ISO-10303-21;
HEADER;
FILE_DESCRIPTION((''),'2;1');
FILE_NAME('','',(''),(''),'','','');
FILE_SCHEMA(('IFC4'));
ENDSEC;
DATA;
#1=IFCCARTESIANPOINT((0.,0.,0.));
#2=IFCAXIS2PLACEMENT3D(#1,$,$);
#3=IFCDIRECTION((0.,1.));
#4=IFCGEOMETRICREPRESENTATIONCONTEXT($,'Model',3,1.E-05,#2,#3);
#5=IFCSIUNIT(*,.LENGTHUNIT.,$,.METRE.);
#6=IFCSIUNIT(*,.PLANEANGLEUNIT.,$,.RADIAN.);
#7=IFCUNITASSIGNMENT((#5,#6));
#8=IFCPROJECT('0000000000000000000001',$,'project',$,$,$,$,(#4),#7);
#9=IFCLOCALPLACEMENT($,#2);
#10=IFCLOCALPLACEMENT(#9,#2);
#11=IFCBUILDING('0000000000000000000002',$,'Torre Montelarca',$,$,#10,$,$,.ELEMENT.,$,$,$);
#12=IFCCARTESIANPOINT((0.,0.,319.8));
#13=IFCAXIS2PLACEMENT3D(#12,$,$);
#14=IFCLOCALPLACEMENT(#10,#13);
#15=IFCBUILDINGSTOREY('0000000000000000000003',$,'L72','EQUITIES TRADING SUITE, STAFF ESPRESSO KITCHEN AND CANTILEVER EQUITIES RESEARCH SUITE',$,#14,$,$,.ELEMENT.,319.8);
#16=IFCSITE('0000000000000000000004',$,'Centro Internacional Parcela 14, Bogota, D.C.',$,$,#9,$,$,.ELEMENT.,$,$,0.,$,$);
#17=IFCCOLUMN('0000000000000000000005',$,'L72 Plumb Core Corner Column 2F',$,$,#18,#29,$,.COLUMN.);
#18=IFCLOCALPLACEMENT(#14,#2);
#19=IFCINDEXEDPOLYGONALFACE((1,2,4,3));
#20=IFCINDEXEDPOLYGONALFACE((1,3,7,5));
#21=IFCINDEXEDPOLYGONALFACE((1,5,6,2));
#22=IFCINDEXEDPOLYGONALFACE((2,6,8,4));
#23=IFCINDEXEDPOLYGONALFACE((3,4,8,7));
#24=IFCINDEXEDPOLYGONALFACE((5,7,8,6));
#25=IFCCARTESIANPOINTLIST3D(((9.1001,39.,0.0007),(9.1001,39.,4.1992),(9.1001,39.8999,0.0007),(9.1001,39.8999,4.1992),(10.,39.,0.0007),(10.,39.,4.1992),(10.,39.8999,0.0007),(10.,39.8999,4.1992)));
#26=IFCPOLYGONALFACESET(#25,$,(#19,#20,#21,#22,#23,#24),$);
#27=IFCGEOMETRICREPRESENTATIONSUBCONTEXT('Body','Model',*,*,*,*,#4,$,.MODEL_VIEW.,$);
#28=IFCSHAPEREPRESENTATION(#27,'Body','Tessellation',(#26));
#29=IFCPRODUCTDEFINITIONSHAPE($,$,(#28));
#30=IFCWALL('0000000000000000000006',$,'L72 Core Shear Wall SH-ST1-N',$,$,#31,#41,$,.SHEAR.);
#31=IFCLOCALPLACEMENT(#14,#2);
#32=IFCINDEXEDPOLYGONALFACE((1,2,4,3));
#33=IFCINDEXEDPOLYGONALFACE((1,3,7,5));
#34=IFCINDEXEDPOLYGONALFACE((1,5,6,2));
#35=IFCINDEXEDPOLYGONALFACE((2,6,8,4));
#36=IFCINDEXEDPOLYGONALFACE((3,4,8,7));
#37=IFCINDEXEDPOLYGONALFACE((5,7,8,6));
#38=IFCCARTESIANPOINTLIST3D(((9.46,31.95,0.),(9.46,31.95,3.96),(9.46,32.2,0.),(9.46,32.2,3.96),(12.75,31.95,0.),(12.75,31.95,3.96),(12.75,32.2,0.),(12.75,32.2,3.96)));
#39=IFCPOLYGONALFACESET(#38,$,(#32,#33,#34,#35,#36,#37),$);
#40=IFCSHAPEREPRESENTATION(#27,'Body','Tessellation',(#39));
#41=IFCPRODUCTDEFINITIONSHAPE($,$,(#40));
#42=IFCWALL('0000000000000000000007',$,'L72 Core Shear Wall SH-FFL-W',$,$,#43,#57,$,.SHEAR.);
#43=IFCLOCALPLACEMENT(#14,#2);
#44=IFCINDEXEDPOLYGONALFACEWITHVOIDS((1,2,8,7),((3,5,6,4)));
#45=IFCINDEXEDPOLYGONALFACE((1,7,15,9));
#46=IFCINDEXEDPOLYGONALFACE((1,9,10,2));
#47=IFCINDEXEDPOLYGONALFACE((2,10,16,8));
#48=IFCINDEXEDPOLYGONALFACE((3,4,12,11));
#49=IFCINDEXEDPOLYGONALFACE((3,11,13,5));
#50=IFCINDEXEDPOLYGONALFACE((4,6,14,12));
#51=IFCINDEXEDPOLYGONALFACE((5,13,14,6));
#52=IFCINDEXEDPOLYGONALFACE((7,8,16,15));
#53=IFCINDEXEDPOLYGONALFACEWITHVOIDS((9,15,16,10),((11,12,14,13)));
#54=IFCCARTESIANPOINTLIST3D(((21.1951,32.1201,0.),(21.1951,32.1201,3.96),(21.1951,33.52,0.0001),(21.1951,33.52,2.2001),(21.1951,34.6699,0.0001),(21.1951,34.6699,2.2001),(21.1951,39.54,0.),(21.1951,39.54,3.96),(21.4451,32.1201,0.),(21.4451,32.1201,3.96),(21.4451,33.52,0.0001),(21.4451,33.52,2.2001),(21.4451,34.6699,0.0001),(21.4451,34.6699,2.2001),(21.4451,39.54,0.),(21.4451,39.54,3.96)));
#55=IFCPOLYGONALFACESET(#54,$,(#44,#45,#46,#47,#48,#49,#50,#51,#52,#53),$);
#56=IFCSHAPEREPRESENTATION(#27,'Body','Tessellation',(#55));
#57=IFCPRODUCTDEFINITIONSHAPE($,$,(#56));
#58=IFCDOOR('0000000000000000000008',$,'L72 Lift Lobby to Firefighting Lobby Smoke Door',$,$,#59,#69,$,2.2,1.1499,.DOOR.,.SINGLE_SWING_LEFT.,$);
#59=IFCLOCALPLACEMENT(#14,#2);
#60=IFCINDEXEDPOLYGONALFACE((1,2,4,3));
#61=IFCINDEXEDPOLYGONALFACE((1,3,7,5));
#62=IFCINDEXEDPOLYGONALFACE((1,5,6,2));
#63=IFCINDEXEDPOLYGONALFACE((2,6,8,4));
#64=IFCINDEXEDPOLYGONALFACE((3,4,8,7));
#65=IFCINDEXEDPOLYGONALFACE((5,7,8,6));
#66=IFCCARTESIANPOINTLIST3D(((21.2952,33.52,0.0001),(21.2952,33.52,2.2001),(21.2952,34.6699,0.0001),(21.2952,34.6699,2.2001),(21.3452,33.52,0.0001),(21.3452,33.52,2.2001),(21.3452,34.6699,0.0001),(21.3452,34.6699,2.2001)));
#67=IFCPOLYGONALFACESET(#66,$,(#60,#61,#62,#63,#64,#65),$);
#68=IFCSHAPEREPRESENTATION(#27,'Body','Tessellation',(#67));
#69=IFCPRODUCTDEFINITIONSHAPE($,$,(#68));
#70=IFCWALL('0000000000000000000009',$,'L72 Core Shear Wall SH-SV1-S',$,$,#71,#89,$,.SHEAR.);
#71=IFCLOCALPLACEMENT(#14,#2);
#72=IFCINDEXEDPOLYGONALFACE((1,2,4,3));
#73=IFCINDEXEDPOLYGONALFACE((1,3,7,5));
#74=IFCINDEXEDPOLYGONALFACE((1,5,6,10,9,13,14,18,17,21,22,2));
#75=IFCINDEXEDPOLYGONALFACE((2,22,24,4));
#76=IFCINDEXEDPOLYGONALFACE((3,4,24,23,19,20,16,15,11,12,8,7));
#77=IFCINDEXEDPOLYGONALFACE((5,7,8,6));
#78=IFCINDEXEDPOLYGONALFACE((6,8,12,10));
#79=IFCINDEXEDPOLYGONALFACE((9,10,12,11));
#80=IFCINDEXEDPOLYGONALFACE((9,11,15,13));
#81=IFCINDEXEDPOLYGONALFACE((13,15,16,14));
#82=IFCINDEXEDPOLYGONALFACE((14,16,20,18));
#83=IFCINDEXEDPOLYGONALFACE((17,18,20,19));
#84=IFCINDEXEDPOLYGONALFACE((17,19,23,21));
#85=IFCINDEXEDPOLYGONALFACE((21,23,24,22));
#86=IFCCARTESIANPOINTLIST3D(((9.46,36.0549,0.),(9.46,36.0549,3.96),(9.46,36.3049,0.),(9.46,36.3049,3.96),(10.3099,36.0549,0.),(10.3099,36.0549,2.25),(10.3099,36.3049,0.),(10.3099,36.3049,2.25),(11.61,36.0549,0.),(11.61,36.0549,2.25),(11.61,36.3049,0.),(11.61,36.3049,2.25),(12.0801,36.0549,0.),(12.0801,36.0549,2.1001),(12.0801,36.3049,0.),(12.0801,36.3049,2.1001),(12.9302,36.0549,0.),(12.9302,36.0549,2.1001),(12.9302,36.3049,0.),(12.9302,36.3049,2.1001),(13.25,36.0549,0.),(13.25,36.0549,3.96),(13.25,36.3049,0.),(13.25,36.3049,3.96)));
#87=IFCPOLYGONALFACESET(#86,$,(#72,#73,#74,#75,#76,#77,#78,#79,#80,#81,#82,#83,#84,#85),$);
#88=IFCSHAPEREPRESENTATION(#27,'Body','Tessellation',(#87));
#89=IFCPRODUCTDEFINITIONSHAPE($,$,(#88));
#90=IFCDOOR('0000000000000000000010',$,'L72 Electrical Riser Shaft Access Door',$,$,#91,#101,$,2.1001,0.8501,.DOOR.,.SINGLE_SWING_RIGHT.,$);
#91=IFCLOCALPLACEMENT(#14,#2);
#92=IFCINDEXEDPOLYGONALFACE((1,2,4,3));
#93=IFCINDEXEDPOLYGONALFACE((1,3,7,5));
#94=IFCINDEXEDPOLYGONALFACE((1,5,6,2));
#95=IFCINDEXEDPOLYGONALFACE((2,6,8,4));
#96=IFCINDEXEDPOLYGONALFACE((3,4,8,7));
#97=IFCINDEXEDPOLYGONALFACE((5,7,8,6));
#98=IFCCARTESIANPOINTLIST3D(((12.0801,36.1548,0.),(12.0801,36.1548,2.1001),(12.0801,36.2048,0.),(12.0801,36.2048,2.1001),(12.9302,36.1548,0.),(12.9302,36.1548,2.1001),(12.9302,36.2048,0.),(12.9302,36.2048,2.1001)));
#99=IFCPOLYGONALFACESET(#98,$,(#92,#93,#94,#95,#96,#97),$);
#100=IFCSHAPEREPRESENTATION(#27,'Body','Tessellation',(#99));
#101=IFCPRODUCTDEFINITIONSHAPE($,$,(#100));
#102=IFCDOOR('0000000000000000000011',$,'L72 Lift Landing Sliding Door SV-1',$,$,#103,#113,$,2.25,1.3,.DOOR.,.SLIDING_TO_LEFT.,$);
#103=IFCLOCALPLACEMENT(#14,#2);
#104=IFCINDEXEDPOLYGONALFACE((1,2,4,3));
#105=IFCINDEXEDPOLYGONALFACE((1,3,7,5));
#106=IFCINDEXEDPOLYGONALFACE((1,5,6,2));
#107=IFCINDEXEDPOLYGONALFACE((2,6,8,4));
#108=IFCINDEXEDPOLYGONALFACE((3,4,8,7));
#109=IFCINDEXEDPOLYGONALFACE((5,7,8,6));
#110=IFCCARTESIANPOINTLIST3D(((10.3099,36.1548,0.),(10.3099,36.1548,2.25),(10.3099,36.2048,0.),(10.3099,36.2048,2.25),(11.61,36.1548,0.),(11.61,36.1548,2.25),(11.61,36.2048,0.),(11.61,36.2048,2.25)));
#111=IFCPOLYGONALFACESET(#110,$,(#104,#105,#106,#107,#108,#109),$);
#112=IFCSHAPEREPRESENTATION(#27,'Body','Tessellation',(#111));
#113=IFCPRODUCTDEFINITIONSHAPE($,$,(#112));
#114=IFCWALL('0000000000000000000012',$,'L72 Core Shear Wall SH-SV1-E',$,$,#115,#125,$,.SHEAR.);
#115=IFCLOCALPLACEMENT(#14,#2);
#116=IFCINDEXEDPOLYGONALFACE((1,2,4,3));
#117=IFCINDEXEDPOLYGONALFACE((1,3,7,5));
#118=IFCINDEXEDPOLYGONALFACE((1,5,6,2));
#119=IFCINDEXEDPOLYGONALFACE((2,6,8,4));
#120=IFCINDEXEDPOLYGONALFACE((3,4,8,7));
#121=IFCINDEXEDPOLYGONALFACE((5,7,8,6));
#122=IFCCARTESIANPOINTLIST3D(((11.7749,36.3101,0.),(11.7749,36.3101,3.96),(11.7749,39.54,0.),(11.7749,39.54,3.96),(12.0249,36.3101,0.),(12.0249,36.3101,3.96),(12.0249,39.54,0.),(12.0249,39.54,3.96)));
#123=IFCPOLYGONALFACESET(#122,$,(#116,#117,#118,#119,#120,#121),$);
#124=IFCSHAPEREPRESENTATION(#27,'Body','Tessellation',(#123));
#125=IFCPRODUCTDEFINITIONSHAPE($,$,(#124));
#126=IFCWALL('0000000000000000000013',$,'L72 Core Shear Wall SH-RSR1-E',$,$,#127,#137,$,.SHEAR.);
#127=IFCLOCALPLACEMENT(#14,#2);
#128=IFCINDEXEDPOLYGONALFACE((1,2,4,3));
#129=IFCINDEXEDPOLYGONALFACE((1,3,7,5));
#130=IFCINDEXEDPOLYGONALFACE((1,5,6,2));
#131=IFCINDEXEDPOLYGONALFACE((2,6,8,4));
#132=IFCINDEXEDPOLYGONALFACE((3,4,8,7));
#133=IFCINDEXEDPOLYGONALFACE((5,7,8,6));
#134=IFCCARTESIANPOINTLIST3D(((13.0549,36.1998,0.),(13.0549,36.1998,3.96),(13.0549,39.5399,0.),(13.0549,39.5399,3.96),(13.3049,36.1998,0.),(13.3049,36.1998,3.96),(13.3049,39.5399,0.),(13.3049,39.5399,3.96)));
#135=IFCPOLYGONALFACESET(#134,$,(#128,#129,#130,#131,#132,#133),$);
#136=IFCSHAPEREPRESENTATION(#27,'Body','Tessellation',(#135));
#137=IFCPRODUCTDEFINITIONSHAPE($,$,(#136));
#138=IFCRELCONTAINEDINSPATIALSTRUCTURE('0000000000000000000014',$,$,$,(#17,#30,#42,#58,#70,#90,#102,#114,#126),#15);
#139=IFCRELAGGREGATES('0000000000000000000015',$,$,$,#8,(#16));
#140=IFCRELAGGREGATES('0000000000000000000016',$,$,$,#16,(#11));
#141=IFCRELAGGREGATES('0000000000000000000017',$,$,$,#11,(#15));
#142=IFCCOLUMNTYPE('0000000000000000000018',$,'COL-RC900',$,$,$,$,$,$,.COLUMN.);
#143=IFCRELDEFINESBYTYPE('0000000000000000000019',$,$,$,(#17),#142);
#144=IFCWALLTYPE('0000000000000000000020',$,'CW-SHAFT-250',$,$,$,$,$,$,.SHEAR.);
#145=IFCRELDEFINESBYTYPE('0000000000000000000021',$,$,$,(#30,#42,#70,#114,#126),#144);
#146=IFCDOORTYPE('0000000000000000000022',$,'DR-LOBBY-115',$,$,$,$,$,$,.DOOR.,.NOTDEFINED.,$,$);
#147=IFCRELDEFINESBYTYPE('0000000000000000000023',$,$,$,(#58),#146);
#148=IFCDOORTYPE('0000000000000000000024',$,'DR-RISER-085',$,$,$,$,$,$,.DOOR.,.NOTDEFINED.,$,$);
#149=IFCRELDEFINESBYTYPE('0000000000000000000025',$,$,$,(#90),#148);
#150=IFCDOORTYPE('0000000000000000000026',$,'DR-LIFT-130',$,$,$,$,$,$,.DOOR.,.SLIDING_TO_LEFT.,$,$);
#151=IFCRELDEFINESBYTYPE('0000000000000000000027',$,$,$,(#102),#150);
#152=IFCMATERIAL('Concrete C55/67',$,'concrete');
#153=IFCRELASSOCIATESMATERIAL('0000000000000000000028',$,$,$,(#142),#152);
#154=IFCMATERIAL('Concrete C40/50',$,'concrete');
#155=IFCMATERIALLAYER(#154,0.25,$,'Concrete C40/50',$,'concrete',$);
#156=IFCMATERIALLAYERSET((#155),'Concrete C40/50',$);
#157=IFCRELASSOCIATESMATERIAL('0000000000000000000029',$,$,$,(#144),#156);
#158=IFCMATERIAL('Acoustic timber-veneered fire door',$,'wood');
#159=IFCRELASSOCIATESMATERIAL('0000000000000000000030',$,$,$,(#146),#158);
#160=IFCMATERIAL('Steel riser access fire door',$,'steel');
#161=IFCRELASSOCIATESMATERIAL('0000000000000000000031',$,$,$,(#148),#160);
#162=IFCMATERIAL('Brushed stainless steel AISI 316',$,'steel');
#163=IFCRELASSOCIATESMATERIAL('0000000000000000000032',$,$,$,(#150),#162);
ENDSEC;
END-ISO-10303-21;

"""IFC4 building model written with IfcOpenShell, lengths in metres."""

from ifc_helpers import new_model, si_unit, direction, frame, frame_2d, origin, origin_2d, place, context, subcontext, project, spatial, rectangle, extrude, source, transform, mapped, material, layer, layer_set, material_profile, profile_set, type_object, element, fill, save


model = new_model("IFC4")

# Units and contexts
model_context = context("Model", 3, precision=1e-05, world=origin(), true_north=direction((0.0, 1.0)))
body_context = subcontext(model_context, "Body", "Model", "MODEL_VIEW")
ifc_project = project(units=[si_unit("LENGTHUNIT", "METRE"), si_unit("PLANEANGLEUNIT", "RADIAN")], contexts=[model_context])

# Site, building, storey
site_placement = place(None, origin())
site = spatial("IfcSite", under=ifc_project, at=site_placement, Name="Centro Internacional Parcela 14, Bogota, D.C.", CompositionType="ELEMENT", RefElevation=0.0)
building_placement = place(site_placement, origin())
building = spatial("IfcBuilding", under=site, at=building_placement, Name="Torre Montelarca", CompositionType="ELEMENT")
storey_placement = place(building_placement, frame((0.0, 0.0, 319.8)))
storey = spatial("IfcBuildingStorey", under=building, at=storey_placement, Name="L72", Description="EQUITIES TRADING SUITE, STAFF ESPRESSO KITCHEN AND CANTILEVER EQUITIES RESEARCH SUITE", CompositionType="ELEMENT", Elevation=319.8)

# Column
ifc_material_1 = material(Name="Concrete C55/67", Category="concrete")
ifc_material_profile = material_profile(ifc_material_1, rectangle(XDim=0.8999, YDim=0.8999, at=origin_2d()), Name="RC900X900", Category="concrete")
ifc_profile_set = profile_set([ifc_material_profile], Name="Concrete C55/67")
column_type = type_object("IfcColumnType", Name="COL-RC900", PredefinedType="COLUMN", material=ifc_profile_set)
shared_shape_1 = source(origin(), body_context, "Body", "SweptSolid", [
    extrude(rectangle(XDim=0.8999, YDim=0.8999, at=origin_2d()), origin(), (0.0, 0.0, 1.0), 4.1985),
])
column_placement = place(storey_placement, frame((9.55, 39.45, 0.0007), z_axis=(0.0, 0.0, 1.0), x_axis=(1.0, 0.0, 0.0)))
element("IfcColumn", 1, at=column_placement, inside=storey, type_object=column_type, Name="L72 Plumb Core Corner Column 2F", PredefinedType="COLUMN", context=body_context, shape_type="MappedRepresentation", body=[
    mapped(shared_shape_1, transform((0.0, 0.0, 0.0), scale=1.0)),
])

# Wall
ifc_material_2 = material(Name="Concrete C40/50", Category="concrete")
ifc_layer_1 = layer(ifc_material_2, 0.25, Name="Concrete C40/50", Category="concrete")
ifc_layer_set_1 = layer_set([ifc_layer_1], Name="Concrete C40/50")
wall_type_1 = type_object("IfcWallType", Name="CW-SHAFT-250", PredefinedType="SHEAR", material=ifc_layer_set_1)
wall_1_placement = place(storey_placement, frame((9.46, 32.075, 0.0), z_axis=(0.0, 0.0, 1.0), x_axis=(1.0, 0.0, 0.0)))
element("IfcWall", 2, at=wall_1_placement, inside=storey, type_object=wall_type_1, Name="L72 Core Shear Wall SH-ST1-N", PredefinedType="SHEAR", context=body_context, shape_type="SweptSolid", body=[
    extrude(rectangle(XDim=3.29, YDim=0.25, at=frame_2d((1.645, 0.0))), origin(), (0.0, 0.0, 1.0), 3.96),
])

# Wall, opening, door
wall_2_placement = place(storey_placement, frame((21.3201, 32.1201, 0.0), z_axis=(0.0, 0.0, 1.0), x_axis=(0.0, 1.0, 0.0)))
wall_2 = element("IfcWall", 3, at=wall_2_placement, inside=storey, type_object=wall_type_1, Name="L72 Core Shear Wall SH-FFL-W", PredefinedType="SHEAR", context=body_context, shape_type="SweptSolid", body=[
    extrude(rectangle(XDim=7.4199, YDim=0.25, at=frame_2d((3.71, 0.0))), origin(), (0.0, 0.0, 1.0), 3.96),
])
opening_1_placement = place(wall_2_placement, frame((1.3999, 0.0, 0.0)))
opening_1 = element("IfcOpeningElement", 4, at=opening_1_placement, cuts=wall_2, PredefinedType="OPENING", context=body_context, shape_type="SweptSolid", body=[
    extrude(rectangle(XDim=1.1499, YDim=2.2, at=frame_2d((0.575, 1.1001))), frame((0.0, 0.135, 0.0), z_axis=(0.0, -1.0, 0.0), x_axis=(1.0, 0.0, 0.0)), (0.0, 0.0, 1.0), 0.27),
])
ifc_material_3 = material(Name="Acoustic timber-veneered fire door", Category="wood")
door_type_1 = type_object("IfcDoorType", Name="DR-LOBBY-115", OperationType="NOTDEFINED", PredefinedType="DOOR", material=ifc_material_3)
shared_shape_2 = source(origin(), body_context, "Body", "SweptSolid", [
    extrude(rectangle(XDim=1.1499, YDim=2.2, at=frame_2d((0.575, 1.1001))), frame((0.0, 0.0249, 0.0), z_axis=(0.0, -1.0, 0.0), x_axis=(1.0, 0.0, 0.0)), (0.0, 0.0, 1.0), 0.05),
])
door_1_placement = place(opening_1_placement, origin())
door_1 = element("IfcDoor", 5, at=door_1_placement, inside=storey, type_object=door_type_1, Name="L72 Lift Lobby to Firefighting Lobby Smoke Door", OperationType="SINGLE_SWING_LEFT", OverallHeight=2.2, OverallWidth=1.1499, PredefinedType="DOOR", context=body_context, shape_type="MappedRepresentation", body=[
    mapped(shared_shape_2, transform((0.0, 0.0, 0.0), scale=1.0)),
])
fill(opening_1, door_1)

# Wall, openings, doors
wall_3_placement = place(storey_placement, frame((9.46, 36.1799, 0.0), z_axis=(0.0, 0.0, 1.0), x_axis=(1.0, 0.0, 0.0)))
wall_3 = element("IfcWall", 6, at=wall_3_placement, inside=storey, type_object=wall_type_1, Name="L72 Core Shear Wall SH-SV1-S", PredefinedType="SHEAR", context=body_context, shape_type="SweptSolid", body=[
    extrude(rectangle(XDim=3.79, YDim=0.25, at=frame_2d((1.895, 0.0))), origin(), (0.0, 0.0, 1.0), 3.96),
])
opening_2_placement = place(wall_3_placement, frame((2.6201, 0.0, 0.0)))
opening_2 = element("IfcOpeningElement", 7, at=opening_2_placement, cuts=wall_3, PredefinedType="OPENING", context=body_context, shape_type="SweptSolid", body=[
    extrude(rectangle(XDim=0.8501, YDim=2.1001, at=frame_2d((0.425, 1.05))), frame((0.0, 0.135, 0.0), z_axis=(0.0, -1.0, 0.0), x_axis=(1.0, 0.0, 0.0)), (0.0, 0.0, 1.0), 0.27),
])
opening_3_placement = place(wall_3_placement, frame((0.8501, 0.0, 0.0)))
opening_3 = element("IfcOpeningElement", 8, at=opening_3_placement, cuts=wall_3, PredefinedType="OPENING", context=body_context, shape_type="SweptSolid", body=[
    extrude(rectangle(XDim=1.3, YDim=2.25, at=frame_2d((0.6499, 1.125))), frame((0.0, 0.135, 0.0), z_axis=(0.0, -1.0, 0.0), x_axis=(1.0, 0.0, 0.0)), (0.0, 0.0, 1.0), 0.27),
])
ifc_material_4 = material(Name="Steel riser access fire door", Category="steel")
door_type_2 = type_object("IfcDoorType", Name="DR-RISER-085", OperationType="NOTDEFINED", PredefinedType="DOOR", material=ifc_material_4)
shared_shape_3 = source(origin(), body_context, "Body", "SweptSolid", [
    extrude(rectangle(XDim=0.8501, YDim=2.1001, at=frame_2d((0.425, 1.05))), frame((0.0, 0.0249, 0.0), z_axis=(0.0, -1.0, 0.0), x_axis=(1.0, 0.0, 0.0)), (0.0, 0.0, 1.0), 0.05),
])
door_2_placement = place(opening_2_placement, origin())
door_2 = element("IfcDoor", 9, at=door_2_placement, inside=storey, type_object=door_type_2, Name="L72 Electrical Riser Shaft Access Door", OperationType="SINGLE_SWING_RIGHT", OverallHeight=2.1001, OverallWidth=0.8501, PredefinedType="DOOR", context=body_context, shape_type="MappedRepresentation", body=[
    mapped(shared_shape_3, transform((0.0, 0.0, 0.0), scale=1.0)),
])
fill(opening_2, door_2)
ifc_material_5 = material(Name="Brushed stainless steel AISI 316", Category="steel")
door_type_3 = type_object("IfcDoorType", Name="DR-LIFT-130", OperationType="SLIDING_TO_LEFT", PredefinedType="DOOR", material=ifc_material_5)
shared_shape_4 = source(origin(), body_context, "Body", "SweptSolid", [
    extrude(rectangle(XDim=1.3, YDim=2.25, at=frame_2d((0.6499, 1.125))), frame((0.0, 0.0249, 0.0), z_axis=(0.0, -1.0, 0.0), x_axis=(1.0, 0.0, 0.0)), (0.0, 0.0, 1.0), 0.05),
])
door_3_placement = place(opening_3_placement, origin())
door_3 = element("IfcDoor", 10, at=door_3_placement, inside=storey, type_object=door_type_3, Name="L72 Lift Landing Sliding Door SV-1", OperationType="SLIDING_TO_LEFT", OverallHeight=2.25, OverallWidth=1.3, PredefinedType="DOOR", context=body_context, shape_type="MappedRepresentation", body=[
    mapped(shared_shape_4, transform((0.0, 0.0, 0.0), scale=1.0)),
])
fill(opening_3, door_3)

# Walls
wall_4_placement = place(storey_placement, frame((11.8999, 36.3101, 0.0), z_axis=(0.0, 0.0, 1.0), x_axis=(0.0, 1.0, 0.0)))
element("IfcWall", 11, at=wall_4_placement, inside=storey, type_object=wall_type_1, Name="L72 Core Shear Wall SH-SV1-E", PredefinedType="SHEAR", context=body_context, shape_type="SweptSolid", body=[
    extrude(rectangle(XDim=3.23, YDim=0.25, at=frame_2d((1.615, 0.0))), origin(), (0.0, 0.0, 1.0), 3.96),
])
wall_5_placement = place(storey_placement, frame((13.1799, 36.2, 0.0), z_axis=(0.0, 0.0, 1.0), x_axis=(0.0, 1.0, 0.0)))
element("IfcWall", 12, at=wall_5_placement, inside=storey, type_object=wall_type_1, Name="L72 Core Shear Wall SH-RSR1-E", PredefinedType="SHEAR", context=body_context, shape_type="SweptSolid", body=[
    extrude(rectangle(XDim=3.3401, YDim=0.25, at=frame_2d((1.6699, 0.0))), origin(), (0.0, 0.0, 1.0), 3.96),
])

save(model, "model.ifc")
